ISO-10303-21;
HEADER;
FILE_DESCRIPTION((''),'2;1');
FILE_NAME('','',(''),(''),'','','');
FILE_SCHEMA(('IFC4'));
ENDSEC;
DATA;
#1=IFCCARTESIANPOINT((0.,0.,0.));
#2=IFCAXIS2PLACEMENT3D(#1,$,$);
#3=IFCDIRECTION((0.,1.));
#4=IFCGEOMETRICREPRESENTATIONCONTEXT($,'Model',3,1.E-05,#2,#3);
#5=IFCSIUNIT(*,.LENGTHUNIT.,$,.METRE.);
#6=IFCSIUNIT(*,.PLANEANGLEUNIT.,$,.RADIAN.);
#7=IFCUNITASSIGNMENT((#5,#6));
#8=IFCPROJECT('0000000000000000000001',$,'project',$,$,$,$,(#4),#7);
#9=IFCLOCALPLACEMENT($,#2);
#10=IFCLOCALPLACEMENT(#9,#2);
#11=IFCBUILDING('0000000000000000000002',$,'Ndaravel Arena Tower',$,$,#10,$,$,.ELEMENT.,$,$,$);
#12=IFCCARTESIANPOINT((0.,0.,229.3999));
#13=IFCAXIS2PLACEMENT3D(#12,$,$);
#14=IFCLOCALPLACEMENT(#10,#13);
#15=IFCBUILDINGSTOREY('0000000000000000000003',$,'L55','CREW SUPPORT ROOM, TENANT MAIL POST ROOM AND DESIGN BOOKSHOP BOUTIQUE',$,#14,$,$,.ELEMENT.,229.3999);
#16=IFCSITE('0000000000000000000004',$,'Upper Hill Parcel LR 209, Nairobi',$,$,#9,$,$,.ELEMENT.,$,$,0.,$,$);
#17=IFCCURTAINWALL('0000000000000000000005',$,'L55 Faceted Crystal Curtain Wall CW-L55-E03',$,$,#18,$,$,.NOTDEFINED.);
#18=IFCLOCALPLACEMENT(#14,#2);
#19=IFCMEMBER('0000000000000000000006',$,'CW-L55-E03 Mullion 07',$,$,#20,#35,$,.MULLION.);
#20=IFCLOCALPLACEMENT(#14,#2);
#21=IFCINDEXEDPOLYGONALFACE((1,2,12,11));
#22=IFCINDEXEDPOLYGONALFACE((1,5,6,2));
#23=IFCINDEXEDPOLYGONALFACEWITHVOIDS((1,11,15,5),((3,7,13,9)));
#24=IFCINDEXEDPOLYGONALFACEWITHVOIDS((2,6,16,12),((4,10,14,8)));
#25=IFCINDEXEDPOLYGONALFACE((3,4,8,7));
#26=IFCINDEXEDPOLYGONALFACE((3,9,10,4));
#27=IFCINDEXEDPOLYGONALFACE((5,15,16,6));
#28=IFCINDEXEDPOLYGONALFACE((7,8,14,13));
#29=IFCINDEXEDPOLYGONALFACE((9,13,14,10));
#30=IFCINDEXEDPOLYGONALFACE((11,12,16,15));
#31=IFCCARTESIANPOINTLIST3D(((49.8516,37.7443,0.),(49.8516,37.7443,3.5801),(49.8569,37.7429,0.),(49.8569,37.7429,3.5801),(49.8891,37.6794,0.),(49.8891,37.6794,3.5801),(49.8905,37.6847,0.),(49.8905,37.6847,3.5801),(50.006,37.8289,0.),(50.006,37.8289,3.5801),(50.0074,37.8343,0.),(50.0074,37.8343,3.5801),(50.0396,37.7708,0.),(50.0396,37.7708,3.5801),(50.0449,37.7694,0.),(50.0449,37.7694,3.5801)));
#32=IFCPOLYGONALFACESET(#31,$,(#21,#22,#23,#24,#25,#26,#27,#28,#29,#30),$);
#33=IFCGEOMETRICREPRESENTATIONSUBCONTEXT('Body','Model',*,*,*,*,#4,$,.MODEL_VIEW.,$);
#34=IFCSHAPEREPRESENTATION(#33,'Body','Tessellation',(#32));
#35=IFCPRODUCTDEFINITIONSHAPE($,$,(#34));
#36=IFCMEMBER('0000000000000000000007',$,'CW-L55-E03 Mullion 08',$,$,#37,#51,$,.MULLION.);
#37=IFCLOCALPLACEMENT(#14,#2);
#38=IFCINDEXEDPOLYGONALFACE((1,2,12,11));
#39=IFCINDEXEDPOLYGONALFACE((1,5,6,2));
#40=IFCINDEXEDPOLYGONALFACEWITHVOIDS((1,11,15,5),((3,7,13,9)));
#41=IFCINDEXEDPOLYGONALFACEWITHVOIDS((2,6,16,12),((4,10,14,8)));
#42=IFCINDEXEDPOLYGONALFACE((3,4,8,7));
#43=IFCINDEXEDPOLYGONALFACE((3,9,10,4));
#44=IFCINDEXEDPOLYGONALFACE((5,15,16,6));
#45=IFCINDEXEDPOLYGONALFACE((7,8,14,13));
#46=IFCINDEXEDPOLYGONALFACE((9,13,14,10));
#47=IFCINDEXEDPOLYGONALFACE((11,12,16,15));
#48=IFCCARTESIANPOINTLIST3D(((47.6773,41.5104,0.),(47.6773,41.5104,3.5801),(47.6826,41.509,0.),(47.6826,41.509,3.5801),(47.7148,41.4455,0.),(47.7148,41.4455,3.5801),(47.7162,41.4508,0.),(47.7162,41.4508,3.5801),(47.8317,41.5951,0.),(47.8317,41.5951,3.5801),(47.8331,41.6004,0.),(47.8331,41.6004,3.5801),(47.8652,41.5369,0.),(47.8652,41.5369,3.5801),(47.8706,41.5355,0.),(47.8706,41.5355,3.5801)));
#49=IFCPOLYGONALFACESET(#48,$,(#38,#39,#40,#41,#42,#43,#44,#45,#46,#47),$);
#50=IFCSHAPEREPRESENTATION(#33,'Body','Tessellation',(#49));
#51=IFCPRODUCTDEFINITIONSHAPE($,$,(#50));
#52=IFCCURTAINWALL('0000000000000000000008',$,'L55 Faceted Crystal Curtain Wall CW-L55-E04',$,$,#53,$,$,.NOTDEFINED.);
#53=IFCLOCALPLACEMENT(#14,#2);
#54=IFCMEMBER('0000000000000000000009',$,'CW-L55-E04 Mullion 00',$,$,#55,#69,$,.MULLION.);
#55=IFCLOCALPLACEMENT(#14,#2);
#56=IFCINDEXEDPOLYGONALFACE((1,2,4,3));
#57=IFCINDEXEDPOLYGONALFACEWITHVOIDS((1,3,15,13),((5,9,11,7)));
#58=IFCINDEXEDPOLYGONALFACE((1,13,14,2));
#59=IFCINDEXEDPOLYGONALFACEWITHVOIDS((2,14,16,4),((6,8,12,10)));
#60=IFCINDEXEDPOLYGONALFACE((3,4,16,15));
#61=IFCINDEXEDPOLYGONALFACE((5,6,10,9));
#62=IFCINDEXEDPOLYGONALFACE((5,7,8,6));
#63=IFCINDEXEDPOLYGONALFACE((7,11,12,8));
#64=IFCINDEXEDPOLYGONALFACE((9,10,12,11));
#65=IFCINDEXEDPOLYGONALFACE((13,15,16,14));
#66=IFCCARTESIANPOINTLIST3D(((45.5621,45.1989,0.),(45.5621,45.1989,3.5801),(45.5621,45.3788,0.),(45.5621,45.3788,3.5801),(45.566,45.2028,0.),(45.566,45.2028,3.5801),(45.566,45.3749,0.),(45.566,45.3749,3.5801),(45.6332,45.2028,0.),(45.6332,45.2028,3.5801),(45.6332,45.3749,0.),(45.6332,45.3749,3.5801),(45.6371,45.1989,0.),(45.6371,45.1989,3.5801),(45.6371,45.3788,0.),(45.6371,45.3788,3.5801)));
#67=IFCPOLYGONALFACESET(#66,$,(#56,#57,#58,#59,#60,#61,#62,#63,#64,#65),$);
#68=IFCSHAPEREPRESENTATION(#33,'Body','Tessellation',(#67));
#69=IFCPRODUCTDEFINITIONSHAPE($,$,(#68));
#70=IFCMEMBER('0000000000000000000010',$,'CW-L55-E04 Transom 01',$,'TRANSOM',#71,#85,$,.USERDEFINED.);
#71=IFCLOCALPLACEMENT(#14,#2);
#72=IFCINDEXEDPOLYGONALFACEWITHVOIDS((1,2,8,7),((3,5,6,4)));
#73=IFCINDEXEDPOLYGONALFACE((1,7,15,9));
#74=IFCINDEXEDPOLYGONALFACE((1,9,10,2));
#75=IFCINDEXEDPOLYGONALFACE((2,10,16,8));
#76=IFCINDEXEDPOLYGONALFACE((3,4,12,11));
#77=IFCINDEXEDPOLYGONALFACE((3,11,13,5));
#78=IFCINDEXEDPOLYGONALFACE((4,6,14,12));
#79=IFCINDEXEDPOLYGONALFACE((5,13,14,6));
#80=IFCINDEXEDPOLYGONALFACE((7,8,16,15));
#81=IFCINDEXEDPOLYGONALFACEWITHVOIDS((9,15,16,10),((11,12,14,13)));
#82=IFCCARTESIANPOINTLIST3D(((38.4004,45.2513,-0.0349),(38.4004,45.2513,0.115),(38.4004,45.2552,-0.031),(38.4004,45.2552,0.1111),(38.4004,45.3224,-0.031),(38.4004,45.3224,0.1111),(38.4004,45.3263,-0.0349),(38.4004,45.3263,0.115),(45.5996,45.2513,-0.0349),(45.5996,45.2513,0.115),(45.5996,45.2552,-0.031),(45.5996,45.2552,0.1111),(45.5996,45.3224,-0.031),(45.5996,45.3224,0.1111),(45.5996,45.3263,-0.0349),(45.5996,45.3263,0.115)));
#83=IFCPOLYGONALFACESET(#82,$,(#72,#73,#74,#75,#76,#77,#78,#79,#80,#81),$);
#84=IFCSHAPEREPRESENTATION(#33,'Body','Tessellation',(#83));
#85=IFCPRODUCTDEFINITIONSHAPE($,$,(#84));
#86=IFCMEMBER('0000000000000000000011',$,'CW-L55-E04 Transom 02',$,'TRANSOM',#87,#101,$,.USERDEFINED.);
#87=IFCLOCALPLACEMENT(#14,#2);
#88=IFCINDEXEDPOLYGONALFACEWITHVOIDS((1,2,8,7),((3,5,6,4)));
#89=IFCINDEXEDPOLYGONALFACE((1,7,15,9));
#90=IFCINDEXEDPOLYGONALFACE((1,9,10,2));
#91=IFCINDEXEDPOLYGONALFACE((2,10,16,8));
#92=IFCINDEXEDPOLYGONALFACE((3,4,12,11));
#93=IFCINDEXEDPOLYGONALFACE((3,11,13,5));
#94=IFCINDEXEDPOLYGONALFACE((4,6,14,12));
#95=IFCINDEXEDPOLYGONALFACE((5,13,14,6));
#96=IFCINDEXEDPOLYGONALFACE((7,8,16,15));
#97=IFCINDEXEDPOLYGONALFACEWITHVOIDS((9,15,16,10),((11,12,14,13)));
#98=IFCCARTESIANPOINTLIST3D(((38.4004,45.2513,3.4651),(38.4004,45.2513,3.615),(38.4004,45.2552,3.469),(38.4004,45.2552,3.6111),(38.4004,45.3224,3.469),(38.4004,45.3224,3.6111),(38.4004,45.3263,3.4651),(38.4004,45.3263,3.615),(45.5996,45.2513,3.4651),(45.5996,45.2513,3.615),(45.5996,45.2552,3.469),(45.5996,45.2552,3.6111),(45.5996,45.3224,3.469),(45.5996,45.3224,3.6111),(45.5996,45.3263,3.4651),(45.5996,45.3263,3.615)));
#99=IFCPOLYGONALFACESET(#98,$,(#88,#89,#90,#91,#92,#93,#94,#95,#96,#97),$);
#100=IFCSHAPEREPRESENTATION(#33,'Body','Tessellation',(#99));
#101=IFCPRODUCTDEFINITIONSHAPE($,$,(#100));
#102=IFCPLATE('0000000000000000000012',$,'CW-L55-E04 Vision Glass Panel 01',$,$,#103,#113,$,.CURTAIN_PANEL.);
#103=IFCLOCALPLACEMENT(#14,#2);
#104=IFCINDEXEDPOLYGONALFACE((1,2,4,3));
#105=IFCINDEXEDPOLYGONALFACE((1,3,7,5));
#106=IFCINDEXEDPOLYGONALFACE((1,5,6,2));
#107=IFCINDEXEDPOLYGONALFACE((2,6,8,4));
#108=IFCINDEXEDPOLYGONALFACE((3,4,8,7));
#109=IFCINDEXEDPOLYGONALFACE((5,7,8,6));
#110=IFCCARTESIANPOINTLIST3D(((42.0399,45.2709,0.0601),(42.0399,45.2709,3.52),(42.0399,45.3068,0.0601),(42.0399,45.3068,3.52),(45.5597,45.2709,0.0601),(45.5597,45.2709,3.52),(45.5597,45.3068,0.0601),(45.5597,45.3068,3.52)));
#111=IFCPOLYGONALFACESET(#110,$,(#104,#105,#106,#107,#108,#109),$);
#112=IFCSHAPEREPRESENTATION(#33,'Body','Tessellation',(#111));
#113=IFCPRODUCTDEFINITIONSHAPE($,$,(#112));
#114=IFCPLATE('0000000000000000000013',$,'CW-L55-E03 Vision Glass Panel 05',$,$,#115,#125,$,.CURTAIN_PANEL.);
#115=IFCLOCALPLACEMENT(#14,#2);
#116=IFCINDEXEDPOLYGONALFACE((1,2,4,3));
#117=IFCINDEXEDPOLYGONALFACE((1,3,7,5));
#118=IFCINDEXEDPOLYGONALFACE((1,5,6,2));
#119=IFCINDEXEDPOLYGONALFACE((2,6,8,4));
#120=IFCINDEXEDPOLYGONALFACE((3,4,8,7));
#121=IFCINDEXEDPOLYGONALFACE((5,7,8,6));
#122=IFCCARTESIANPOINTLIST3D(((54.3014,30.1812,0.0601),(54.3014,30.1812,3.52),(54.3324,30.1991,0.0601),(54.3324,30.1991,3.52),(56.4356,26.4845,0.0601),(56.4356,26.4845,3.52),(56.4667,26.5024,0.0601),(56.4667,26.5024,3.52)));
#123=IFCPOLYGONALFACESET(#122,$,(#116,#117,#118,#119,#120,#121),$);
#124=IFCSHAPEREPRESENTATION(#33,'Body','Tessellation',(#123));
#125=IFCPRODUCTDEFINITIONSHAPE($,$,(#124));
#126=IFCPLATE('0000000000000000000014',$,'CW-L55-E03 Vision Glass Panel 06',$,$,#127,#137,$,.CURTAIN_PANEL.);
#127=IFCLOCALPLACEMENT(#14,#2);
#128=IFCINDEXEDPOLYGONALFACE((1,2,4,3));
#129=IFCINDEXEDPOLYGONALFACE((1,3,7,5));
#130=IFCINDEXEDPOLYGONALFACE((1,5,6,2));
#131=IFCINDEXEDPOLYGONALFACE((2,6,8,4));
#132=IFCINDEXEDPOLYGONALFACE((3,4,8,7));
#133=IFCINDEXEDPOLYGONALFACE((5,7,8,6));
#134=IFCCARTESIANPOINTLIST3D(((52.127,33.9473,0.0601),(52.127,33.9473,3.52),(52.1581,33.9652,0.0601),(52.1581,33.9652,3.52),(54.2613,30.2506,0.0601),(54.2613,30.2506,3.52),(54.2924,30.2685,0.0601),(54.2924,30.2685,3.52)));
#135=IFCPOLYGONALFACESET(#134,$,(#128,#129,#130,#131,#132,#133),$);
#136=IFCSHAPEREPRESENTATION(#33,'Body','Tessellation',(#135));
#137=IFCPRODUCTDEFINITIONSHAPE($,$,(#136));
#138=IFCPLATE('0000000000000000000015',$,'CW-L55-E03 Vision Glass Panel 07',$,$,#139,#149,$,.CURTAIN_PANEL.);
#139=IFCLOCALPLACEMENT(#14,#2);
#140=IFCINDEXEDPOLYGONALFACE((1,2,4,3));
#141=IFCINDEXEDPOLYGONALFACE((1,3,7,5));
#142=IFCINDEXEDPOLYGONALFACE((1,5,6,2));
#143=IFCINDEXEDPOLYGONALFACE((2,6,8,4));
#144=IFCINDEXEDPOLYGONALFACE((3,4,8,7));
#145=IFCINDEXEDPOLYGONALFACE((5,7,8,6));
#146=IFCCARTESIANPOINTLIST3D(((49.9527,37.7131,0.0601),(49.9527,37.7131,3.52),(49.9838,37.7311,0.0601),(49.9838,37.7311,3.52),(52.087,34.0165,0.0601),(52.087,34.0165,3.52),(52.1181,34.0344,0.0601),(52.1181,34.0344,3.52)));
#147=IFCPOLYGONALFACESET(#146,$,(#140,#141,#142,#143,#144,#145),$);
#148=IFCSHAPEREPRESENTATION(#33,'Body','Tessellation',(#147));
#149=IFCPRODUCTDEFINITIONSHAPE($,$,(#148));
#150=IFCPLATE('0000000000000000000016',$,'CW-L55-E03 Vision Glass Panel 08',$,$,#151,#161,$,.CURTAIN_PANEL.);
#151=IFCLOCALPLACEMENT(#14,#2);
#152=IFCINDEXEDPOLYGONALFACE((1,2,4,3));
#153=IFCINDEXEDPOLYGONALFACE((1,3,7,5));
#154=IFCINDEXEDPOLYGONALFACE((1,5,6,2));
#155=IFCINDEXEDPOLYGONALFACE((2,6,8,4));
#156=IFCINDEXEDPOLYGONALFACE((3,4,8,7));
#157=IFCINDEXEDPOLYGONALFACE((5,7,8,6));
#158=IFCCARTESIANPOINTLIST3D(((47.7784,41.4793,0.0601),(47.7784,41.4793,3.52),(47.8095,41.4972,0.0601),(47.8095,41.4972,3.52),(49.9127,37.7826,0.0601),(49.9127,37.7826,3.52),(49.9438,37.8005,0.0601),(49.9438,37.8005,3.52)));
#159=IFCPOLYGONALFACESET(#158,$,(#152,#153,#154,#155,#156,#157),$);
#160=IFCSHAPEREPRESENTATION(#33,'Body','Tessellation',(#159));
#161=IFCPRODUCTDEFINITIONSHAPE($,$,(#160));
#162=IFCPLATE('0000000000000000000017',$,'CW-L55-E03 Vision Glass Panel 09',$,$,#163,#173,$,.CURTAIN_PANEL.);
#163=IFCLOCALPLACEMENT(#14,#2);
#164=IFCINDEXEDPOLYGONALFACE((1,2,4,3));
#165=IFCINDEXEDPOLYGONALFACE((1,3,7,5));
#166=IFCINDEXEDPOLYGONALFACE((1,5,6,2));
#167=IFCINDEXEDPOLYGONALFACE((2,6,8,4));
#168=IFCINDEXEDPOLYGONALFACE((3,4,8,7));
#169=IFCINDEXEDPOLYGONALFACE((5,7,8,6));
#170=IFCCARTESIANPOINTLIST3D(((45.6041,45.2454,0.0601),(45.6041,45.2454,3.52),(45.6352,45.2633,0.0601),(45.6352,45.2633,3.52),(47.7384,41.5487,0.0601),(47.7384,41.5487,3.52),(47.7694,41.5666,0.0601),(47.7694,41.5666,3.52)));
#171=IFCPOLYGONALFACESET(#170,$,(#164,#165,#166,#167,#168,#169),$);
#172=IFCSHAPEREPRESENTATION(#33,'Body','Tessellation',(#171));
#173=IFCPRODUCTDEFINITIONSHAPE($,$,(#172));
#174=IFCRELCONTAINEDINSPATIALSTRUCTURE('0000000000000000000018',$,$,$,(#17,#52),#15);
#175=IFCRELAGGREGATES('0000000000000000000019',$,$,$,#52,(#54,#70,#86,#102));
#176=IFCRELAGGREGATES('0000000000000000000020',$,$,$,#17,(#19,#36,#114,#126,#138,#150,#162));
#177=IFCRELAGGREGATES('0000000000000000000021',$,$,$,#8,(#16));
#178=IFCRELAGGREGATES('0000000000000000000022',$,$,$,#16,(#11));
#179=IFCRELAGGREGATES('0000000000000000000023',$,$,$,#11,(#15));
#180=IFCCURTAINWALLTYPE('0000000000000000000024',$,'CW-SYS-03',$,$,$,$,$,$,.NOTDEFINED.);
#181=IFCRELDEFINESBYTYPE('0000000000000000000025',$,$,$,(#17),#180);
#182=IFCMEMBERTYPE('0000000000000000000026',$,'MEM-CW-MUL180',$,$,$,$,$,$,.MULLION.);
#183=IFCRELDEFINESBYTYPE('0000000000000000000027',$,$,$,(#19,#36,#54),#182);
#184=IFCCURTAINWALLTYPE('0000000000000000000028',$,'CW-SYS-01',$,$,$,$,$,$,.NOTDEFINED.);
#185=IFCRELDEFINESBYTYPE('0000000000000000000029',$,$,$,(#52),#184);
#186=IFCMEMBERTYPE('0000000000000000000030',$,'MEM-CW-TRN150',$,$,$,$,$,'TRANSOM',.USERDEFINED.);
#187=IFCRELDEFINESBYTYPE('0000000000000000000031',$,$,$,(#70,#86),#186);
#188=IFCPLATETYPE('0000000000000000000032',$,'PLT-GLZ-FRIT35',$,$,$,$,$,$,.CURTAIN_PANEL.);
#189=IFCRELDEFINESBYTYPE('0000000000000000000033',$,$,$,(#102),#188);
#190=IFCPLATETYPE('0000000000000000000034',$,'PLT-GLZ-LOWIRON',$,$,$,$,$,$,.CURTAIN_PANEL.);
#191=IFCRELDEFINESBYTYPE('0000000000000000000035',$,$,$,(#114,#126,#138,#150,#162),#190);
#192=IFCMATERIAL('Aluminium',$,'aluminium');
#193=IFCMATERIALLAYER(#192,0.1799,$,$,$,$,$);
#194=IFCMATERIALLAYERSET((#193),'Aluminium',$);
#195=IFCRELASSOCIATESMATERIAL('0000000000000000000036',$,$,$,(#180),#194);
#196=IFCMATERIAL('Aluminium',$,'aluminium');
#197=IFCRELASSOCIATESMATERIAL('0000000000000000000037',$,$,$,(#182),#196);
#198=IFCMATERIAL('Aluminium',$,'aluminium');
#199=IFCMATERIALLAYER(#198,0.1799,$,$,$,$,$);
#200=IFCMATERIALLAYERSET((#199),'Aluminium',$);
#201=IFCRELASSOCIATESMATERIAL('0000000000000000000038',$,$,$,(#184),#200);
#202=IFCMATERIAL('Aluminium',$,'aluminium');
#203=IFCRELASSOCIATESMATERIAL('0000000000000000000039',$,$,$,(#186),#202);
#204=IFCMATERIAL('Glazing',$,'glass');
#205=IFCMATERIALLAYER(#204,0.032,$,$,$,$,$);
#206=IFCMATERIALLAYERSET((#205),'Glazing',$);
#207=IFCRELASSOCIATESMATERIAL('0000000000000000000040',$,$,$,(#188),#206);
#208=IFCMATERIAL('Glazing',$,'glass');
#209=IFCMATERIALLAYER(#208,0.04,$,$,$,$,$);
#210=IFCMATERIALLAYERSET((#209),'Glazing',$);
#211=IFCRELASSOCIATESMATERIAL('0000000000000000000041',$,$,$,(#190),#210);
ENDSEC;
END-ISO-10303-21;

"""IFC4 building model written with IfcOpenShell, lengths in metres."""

from ifc_helpers import new_model, si_unit, direction, frame, origin, origin_2d, place, context, subcontext, project, spatial, rectangle, hollow_rectangle, extrude, material, layer, layer_set, material_profile, profile_set, type_object, element, aggregate, save


model = new_model("IFC4")

# Units and contexts
model_context = context("Model", 3, precision=1e-05, world=origin(), true_north=direction((0.0, 1.0)))
body_context = subcontext(model_context, "Body", "Model", "MODEL_VIEW")
ifc_project = project(units=[si_unit("LENGTHUNIT", "METRE"), si_unit("PLANEANGLEUNIT", "RADIAN")], contexts=[model_context])

# Site, building, storey
site_placement = place(None, origin())
site = spatial("IfcSite", under=ifc_project, at=site_placement, Name="Upper Hill Parcel LR 209, Nairobi", CompositionType="ELEMENT", RefElevation=0.0)
building_placement = place(site_placement, origin())
building = spatial("IfcBuilding", under=site, at=building_placement, Name="Ndaravel Arena Tower", CompositionType="ELEMENT")
storey_placement = place(building_placement, frame((0.0, 0.0, 229.3999)))
storey = spatial("IfcBuildingStorey", under=building, at=storey_placement, Name="L55", Description="CREW SUPPORT ROOM, TENANT MAIL POST ROOM AND DESIGN BOOKSHOP BOUTIQUE", CompositionType="ELEMENT", Elevation=229.3999)

# Curtain wall, members
ifc_material_1 = material(Name="Aluminium", Category="aluminium")
ifc_layer_1 = layer(ifc_material_1, 0.1799)
ifc_layer_set_1 = layer_set([ifc_layer_1], Name="Aluminium")
curtain_wall_type_1 = type_object("IfcCurtainWallType", Name="CW-SYS-03", PredefinedType="NOTDEFINED", material=ifc_layer_set_1)
curtain_wall_1_placement = place(storey_placement, origin())
curtain_wall_1 = element("IfcCurtainWall", 1, at=curtain_wall_1_placement, inside=storey, type_object=curtain_wall_type_1, Name="L55 Faceted Crystal Curtain Wall CW-L55-E03", PredefinedType="NOTDEFINED")
ifc_material_2 = material(Name="Aluminium", Category="aluminium")
ifc_material_profile_1 = material_profile(ifc_material_2, hollow_rectangle(XDim=0.075, YDim=0.1799, WallThickness=0.0039, at=origin_2d()), Name="CW MULLION 75x180x4")
ifc_profile_set_1 = profile_set([ifc_material_profile_1], Name="Aluminium")
member_type_1 = type_object("IfcMemberType", Name="MEM-CW-MUL180", PredefinedType="MULLION", material=ifc_profile_set_1)
member_1_placement = place(storey_placement, frame((49.9482, 37.7568, 0.0), z_axis=(0.0, 0.0, 1.0), x_axis=(-0.5, 0.866025, 0.0)))
member_1 = element("IfcMember", 2, at=member_1_placement, type_object=member_type_1, Name="CW-L55-E03 Mullion 07", PredefinedType="MULLION", context=body_context, shape_type="SweptSolid", body=[
    extrude(hollow_rectangle(XDim=0.075, YDim=0.1799, WallThickness=0.0039, at=origin_2d()), origin(), (0.0, 0.0, 1.0), 3.5801),
])
member_2_placement = place(storey_placement, frame((47.7739, 41.5229, 0.0), z_axis=(0.0, 0.0, 1.0), x_axis=(-0.5, 0.866025, 0.0)))
member_2 = element("IfcMember", 3, at=member_2_placement, type_object=member_type_1, Name="CW-L55-E03 Mullion 08", PredefinedType="MULLION", context=body_context, shape_type="SweptSolid", body=[
    extrude(hollow_rectangle(XDim=0.075, YDim=0.1799, WallThickness=0.0039, at=origin_2d()), origin(), (0.0, 0.0, 1.0), 3.5801),
])

# Curtain wall, members, plate
ifc_material_3 = material(Name="Aluminium", Category="aluminium")
ifc_layer_2 = layer(ifc_material_3, 0.1799)
ifc_layer_set_2 = layer_set([ifc_layer_2], Name="Aluminium")
curtain_wall_type_2 = type_object("IfcCurtainWallType", Name="CW-SYS-01", PredefinedType="NOTDEFINED", material=ifc_layer_set_2)
curtain_wall_2_placement = place(storey_placement, origin())
curtain_wall_2 = element("IfcCurtainWall", 4, at=curtain_wall_2_placement, inside=storey, type_object=curtain_wall_type_2, Name="L55 Faceted Crystal Curtain Wall CW-L55-E04", PredefinedType="NOTDEFINED")
member_3_placement = place(storey_placement, frame((45.5996, 45.2888, 0.0), z_axis=(0.0, 0.0, 1.0), x_axis=(-1.0, 0.0, 0.0)))
member_3 = element("IfcMember", 5, at=member_3_placement, type_object=member_type_1, Name="CW-L55-E04 Mullion 00", PredefinedType="MULLION", context=body_context, shape_type="SweptSolid", body=[
    extrude(hollow_rectangle(XDim=0.075, YDim=0.1799, WallThickness=0.0039, at=origin_2d()), origin(), (0.0, 0.0, 1.0), 3.5801),
])
ifc_material_4 = material(Name="Aluminium", Category="aluminium")
ifc_material_profile_2 = material_profile(ifc_material_4, hollow_rectangle(XDim=0.075, YDim=0.1499, WallThickness=0.0039, at=origin_2d()), Name="CW TRANSOM 75x150x4")
ifc_profile_set_2 = profile_set([ifc_material_profile_2], Name="Aluminium")
member_type_2 = type_object("IfcMemberType", Name="MEM-CW-TRN150", ElementType="TRANSOM", PredefinedType="USERDEFINED", material=ifc_profile_set_2)
member_4_placement = place(storey_placement, frame((45.5996, 45.2888, 0.04), z_axis=(-1.0, 0.0, 0.0), x_axis=(0.0, -1.0, 0.0)))
member_4 = element("IfcMember", 6, at=member_4_placement, type_object=member_type_2, Name="CW-L55-E04 Transom 01", ObjectType="TRANSOM", PredefinedType="USERDEFINED", context=body_context, shape_type="SweptSolid", body=[
    extrude(hollow_rectangle(XDim=0.075, YDim=0.1499, WallThickness=0.0039, at=origin_2d()), origin(), (0.0, 0.0, 1.0), 7.1992),
])
member_5_placement = place(storey_placement, frame((45.5996, 45.2888, 3.54), z_axis=(-1.0, 0.0, 0.0), x_axis=(0.0, -1.0, 0.0)))
member_5 = element("IfcMember", 7, at=member_5_placement, type_object=member_type_2, Name="CW-L55-E04 Transom 02", ObjectType="TRANSOM", PredefinedType="USERDEFINED", context=body_context, shape_type="SweptSolid", body=[
    extrude(hollow_rectangle(XDim=0.075, YDim=0.1499, WallThickness=0.0039, at=origin_2d()), origin(), (0.0, 0.0, 1.0), 7.1992),
])
ifc_material_5 = material(Name="Glazing", Category="glass")
ifc_layer_3 = layer(ifc_material_5, 0.032)
ifc_layer_set_3 = layer_set([ifc_layer_3], Name="Glazing")
plate_type_1 = type_object("IfcPlateType", Name="PLT-GLZ-FRIT35", PredefinedType="CURTAIN_PANEL", material=ifc_layer_set_3)
plate_1_placement = place(storey_placement, frame((43.7998, 45.2888, 0.0601), z_axis=(0.0, 0.0, 1.0), x_axis=(-1.0, 0.0, 0.0)))
plate_1 = element("IfcPlate", 8, at=plate_1_placement, type_object=plate_type_1, Name="CW-L55-E04 Vision Glass Panel 01", PredefinedType="CURTAIN_PANEL", context=body_context, shape_type="SweptSolid", body=[
    extrude(rectangle(XDim=3.5198, YDim=0.0359, at=origin_2d()), origin(), (0.0, 0.0, 1.0), 3.46),
])
aggregate(curtain_wall_2, [member_3, member_4, member_5, plate_1])

# Plates
ifc_material_6 = material(Name="Glazing", Category="glass")
ifc_layer_4 = layer(ifc_material_6, 0.04)
ifc_layer_set_4 = layer_set([ifc_layer_4], Name="Glazing")
plate_type_2 = type_object("IfcPlateType", Name="PLT-GLZ-LOWIRON", PredefinedType="CURTAIN_PANEL", material=ifc_layer_set_4)
plate_2_placement = place(storey_placement, frame((55.384, 28.3418, 0.0601), z_axis=(0.0, 0.0, 1.0), x_axis=(-0.5, 0.866025, 0.0)))
plate_2 = element("IfcPlate", 9, at=plate_2_placement, type_object=plate_type_2, Name="CW-L55-E03 Vision Glass Panel 05", PredefinedType="CURTAIN_PANEL", context=body_context, shape_type="SweptSolid", body=[
    extrude(rectangle(XDim=4.2686, YDim=0.0359, at=origin_2d()), origin(), (0.0, 0.0, 1.0), 3.46),
])
plate_3_placement = place(storey_placement, frame((53.2097, 32.1079, 0.0601), z_axis=(0.0, 0.0, 1.0), x_axis=(-0.5, 0.866025, 0.0)))
plate_3 = element("IfcPlate", 10, at=plate_3_placement, type_object=plate_type_2, Name="CW-L55-E03 Vision Glass Panel 06", PredefinedType="CURTAIN_PANEL", context=body_context, shape_type="SweptSolid", body=[
    extrude(rectangle(XDim=4.2686, YDim=0.0359, at=origin_2d()), origin(), (0.0, 0.0, 1.0), 3.46),
])
plate_4_placement = place(storey_placement, frame((51.0354, 35.8738, 0.0601), z_axis=(0.0, 0.0, 1.0), x_axis=(-0.5, 0.866025, 0.0)))
plate_4 = element("IfcPlate", 11, at=plate_4_placement, type_object=plate_type_2, Name="CW-L55-E03 Vision Glass Panel 07", PredefinedType="CURTAIN_PANEL", context=body_context, shape_type="SweptSolid", body=[
    extrude(rectangle(XDim=4.2686, YDim=0.0359, at=origin_2d()), origin(), (0.0, 0.0, 1.0), 3.46),
])
plate_5_placement = place(storey_placement, frame((48.8611, 39.6399, 0.0601), z_axis=(0.0, 0.0, 1.0), x_axis=(-0.5, 0.866025, 0.0)))
plate_5 = element("IfcPlate", 12, at=plate_5_placement, type_object=plate_type_2, Name="CW-L55-E03 Vision Glass Panel 08", PredefinedType="CURTAIN_PANEL", context=body_context, shape_type="SweptSolid", body=[
    extrude(rectangle(XDim=4.2686, YDim=0.0359, at=origin_2d()), origin(), (0.0, 0.0, 1.0), 3.46),
])
plate_6_placement = place(storey_placement, frame((46.6868, 43.406, 0.0601), z_axis=(0.0, 0.0, 1.0), x_axis=(-0.5, 0.866025, 0.0)))
plate_6 = element("IfcPlate", 13, at=plate_6_placement, type_object=plate_type_2, Name="CW-L55-E03 Vision Glass Panel 09", PredefinedType="CURTAIN_PANEL", context=body_context, shape_type="SweptSolid", body=[
    extrude(rectangle(XDim=4.2686, YDim=0.0359, at=origin_2d()), origin(), (0.0, 0.0, 1.0), 3.46),
])
aggregate(curtain_wall_1, [member_1, member_2, plate_2, plate_3, plate_4, plate_5, plate_6])

save(model, "model.ifc")
